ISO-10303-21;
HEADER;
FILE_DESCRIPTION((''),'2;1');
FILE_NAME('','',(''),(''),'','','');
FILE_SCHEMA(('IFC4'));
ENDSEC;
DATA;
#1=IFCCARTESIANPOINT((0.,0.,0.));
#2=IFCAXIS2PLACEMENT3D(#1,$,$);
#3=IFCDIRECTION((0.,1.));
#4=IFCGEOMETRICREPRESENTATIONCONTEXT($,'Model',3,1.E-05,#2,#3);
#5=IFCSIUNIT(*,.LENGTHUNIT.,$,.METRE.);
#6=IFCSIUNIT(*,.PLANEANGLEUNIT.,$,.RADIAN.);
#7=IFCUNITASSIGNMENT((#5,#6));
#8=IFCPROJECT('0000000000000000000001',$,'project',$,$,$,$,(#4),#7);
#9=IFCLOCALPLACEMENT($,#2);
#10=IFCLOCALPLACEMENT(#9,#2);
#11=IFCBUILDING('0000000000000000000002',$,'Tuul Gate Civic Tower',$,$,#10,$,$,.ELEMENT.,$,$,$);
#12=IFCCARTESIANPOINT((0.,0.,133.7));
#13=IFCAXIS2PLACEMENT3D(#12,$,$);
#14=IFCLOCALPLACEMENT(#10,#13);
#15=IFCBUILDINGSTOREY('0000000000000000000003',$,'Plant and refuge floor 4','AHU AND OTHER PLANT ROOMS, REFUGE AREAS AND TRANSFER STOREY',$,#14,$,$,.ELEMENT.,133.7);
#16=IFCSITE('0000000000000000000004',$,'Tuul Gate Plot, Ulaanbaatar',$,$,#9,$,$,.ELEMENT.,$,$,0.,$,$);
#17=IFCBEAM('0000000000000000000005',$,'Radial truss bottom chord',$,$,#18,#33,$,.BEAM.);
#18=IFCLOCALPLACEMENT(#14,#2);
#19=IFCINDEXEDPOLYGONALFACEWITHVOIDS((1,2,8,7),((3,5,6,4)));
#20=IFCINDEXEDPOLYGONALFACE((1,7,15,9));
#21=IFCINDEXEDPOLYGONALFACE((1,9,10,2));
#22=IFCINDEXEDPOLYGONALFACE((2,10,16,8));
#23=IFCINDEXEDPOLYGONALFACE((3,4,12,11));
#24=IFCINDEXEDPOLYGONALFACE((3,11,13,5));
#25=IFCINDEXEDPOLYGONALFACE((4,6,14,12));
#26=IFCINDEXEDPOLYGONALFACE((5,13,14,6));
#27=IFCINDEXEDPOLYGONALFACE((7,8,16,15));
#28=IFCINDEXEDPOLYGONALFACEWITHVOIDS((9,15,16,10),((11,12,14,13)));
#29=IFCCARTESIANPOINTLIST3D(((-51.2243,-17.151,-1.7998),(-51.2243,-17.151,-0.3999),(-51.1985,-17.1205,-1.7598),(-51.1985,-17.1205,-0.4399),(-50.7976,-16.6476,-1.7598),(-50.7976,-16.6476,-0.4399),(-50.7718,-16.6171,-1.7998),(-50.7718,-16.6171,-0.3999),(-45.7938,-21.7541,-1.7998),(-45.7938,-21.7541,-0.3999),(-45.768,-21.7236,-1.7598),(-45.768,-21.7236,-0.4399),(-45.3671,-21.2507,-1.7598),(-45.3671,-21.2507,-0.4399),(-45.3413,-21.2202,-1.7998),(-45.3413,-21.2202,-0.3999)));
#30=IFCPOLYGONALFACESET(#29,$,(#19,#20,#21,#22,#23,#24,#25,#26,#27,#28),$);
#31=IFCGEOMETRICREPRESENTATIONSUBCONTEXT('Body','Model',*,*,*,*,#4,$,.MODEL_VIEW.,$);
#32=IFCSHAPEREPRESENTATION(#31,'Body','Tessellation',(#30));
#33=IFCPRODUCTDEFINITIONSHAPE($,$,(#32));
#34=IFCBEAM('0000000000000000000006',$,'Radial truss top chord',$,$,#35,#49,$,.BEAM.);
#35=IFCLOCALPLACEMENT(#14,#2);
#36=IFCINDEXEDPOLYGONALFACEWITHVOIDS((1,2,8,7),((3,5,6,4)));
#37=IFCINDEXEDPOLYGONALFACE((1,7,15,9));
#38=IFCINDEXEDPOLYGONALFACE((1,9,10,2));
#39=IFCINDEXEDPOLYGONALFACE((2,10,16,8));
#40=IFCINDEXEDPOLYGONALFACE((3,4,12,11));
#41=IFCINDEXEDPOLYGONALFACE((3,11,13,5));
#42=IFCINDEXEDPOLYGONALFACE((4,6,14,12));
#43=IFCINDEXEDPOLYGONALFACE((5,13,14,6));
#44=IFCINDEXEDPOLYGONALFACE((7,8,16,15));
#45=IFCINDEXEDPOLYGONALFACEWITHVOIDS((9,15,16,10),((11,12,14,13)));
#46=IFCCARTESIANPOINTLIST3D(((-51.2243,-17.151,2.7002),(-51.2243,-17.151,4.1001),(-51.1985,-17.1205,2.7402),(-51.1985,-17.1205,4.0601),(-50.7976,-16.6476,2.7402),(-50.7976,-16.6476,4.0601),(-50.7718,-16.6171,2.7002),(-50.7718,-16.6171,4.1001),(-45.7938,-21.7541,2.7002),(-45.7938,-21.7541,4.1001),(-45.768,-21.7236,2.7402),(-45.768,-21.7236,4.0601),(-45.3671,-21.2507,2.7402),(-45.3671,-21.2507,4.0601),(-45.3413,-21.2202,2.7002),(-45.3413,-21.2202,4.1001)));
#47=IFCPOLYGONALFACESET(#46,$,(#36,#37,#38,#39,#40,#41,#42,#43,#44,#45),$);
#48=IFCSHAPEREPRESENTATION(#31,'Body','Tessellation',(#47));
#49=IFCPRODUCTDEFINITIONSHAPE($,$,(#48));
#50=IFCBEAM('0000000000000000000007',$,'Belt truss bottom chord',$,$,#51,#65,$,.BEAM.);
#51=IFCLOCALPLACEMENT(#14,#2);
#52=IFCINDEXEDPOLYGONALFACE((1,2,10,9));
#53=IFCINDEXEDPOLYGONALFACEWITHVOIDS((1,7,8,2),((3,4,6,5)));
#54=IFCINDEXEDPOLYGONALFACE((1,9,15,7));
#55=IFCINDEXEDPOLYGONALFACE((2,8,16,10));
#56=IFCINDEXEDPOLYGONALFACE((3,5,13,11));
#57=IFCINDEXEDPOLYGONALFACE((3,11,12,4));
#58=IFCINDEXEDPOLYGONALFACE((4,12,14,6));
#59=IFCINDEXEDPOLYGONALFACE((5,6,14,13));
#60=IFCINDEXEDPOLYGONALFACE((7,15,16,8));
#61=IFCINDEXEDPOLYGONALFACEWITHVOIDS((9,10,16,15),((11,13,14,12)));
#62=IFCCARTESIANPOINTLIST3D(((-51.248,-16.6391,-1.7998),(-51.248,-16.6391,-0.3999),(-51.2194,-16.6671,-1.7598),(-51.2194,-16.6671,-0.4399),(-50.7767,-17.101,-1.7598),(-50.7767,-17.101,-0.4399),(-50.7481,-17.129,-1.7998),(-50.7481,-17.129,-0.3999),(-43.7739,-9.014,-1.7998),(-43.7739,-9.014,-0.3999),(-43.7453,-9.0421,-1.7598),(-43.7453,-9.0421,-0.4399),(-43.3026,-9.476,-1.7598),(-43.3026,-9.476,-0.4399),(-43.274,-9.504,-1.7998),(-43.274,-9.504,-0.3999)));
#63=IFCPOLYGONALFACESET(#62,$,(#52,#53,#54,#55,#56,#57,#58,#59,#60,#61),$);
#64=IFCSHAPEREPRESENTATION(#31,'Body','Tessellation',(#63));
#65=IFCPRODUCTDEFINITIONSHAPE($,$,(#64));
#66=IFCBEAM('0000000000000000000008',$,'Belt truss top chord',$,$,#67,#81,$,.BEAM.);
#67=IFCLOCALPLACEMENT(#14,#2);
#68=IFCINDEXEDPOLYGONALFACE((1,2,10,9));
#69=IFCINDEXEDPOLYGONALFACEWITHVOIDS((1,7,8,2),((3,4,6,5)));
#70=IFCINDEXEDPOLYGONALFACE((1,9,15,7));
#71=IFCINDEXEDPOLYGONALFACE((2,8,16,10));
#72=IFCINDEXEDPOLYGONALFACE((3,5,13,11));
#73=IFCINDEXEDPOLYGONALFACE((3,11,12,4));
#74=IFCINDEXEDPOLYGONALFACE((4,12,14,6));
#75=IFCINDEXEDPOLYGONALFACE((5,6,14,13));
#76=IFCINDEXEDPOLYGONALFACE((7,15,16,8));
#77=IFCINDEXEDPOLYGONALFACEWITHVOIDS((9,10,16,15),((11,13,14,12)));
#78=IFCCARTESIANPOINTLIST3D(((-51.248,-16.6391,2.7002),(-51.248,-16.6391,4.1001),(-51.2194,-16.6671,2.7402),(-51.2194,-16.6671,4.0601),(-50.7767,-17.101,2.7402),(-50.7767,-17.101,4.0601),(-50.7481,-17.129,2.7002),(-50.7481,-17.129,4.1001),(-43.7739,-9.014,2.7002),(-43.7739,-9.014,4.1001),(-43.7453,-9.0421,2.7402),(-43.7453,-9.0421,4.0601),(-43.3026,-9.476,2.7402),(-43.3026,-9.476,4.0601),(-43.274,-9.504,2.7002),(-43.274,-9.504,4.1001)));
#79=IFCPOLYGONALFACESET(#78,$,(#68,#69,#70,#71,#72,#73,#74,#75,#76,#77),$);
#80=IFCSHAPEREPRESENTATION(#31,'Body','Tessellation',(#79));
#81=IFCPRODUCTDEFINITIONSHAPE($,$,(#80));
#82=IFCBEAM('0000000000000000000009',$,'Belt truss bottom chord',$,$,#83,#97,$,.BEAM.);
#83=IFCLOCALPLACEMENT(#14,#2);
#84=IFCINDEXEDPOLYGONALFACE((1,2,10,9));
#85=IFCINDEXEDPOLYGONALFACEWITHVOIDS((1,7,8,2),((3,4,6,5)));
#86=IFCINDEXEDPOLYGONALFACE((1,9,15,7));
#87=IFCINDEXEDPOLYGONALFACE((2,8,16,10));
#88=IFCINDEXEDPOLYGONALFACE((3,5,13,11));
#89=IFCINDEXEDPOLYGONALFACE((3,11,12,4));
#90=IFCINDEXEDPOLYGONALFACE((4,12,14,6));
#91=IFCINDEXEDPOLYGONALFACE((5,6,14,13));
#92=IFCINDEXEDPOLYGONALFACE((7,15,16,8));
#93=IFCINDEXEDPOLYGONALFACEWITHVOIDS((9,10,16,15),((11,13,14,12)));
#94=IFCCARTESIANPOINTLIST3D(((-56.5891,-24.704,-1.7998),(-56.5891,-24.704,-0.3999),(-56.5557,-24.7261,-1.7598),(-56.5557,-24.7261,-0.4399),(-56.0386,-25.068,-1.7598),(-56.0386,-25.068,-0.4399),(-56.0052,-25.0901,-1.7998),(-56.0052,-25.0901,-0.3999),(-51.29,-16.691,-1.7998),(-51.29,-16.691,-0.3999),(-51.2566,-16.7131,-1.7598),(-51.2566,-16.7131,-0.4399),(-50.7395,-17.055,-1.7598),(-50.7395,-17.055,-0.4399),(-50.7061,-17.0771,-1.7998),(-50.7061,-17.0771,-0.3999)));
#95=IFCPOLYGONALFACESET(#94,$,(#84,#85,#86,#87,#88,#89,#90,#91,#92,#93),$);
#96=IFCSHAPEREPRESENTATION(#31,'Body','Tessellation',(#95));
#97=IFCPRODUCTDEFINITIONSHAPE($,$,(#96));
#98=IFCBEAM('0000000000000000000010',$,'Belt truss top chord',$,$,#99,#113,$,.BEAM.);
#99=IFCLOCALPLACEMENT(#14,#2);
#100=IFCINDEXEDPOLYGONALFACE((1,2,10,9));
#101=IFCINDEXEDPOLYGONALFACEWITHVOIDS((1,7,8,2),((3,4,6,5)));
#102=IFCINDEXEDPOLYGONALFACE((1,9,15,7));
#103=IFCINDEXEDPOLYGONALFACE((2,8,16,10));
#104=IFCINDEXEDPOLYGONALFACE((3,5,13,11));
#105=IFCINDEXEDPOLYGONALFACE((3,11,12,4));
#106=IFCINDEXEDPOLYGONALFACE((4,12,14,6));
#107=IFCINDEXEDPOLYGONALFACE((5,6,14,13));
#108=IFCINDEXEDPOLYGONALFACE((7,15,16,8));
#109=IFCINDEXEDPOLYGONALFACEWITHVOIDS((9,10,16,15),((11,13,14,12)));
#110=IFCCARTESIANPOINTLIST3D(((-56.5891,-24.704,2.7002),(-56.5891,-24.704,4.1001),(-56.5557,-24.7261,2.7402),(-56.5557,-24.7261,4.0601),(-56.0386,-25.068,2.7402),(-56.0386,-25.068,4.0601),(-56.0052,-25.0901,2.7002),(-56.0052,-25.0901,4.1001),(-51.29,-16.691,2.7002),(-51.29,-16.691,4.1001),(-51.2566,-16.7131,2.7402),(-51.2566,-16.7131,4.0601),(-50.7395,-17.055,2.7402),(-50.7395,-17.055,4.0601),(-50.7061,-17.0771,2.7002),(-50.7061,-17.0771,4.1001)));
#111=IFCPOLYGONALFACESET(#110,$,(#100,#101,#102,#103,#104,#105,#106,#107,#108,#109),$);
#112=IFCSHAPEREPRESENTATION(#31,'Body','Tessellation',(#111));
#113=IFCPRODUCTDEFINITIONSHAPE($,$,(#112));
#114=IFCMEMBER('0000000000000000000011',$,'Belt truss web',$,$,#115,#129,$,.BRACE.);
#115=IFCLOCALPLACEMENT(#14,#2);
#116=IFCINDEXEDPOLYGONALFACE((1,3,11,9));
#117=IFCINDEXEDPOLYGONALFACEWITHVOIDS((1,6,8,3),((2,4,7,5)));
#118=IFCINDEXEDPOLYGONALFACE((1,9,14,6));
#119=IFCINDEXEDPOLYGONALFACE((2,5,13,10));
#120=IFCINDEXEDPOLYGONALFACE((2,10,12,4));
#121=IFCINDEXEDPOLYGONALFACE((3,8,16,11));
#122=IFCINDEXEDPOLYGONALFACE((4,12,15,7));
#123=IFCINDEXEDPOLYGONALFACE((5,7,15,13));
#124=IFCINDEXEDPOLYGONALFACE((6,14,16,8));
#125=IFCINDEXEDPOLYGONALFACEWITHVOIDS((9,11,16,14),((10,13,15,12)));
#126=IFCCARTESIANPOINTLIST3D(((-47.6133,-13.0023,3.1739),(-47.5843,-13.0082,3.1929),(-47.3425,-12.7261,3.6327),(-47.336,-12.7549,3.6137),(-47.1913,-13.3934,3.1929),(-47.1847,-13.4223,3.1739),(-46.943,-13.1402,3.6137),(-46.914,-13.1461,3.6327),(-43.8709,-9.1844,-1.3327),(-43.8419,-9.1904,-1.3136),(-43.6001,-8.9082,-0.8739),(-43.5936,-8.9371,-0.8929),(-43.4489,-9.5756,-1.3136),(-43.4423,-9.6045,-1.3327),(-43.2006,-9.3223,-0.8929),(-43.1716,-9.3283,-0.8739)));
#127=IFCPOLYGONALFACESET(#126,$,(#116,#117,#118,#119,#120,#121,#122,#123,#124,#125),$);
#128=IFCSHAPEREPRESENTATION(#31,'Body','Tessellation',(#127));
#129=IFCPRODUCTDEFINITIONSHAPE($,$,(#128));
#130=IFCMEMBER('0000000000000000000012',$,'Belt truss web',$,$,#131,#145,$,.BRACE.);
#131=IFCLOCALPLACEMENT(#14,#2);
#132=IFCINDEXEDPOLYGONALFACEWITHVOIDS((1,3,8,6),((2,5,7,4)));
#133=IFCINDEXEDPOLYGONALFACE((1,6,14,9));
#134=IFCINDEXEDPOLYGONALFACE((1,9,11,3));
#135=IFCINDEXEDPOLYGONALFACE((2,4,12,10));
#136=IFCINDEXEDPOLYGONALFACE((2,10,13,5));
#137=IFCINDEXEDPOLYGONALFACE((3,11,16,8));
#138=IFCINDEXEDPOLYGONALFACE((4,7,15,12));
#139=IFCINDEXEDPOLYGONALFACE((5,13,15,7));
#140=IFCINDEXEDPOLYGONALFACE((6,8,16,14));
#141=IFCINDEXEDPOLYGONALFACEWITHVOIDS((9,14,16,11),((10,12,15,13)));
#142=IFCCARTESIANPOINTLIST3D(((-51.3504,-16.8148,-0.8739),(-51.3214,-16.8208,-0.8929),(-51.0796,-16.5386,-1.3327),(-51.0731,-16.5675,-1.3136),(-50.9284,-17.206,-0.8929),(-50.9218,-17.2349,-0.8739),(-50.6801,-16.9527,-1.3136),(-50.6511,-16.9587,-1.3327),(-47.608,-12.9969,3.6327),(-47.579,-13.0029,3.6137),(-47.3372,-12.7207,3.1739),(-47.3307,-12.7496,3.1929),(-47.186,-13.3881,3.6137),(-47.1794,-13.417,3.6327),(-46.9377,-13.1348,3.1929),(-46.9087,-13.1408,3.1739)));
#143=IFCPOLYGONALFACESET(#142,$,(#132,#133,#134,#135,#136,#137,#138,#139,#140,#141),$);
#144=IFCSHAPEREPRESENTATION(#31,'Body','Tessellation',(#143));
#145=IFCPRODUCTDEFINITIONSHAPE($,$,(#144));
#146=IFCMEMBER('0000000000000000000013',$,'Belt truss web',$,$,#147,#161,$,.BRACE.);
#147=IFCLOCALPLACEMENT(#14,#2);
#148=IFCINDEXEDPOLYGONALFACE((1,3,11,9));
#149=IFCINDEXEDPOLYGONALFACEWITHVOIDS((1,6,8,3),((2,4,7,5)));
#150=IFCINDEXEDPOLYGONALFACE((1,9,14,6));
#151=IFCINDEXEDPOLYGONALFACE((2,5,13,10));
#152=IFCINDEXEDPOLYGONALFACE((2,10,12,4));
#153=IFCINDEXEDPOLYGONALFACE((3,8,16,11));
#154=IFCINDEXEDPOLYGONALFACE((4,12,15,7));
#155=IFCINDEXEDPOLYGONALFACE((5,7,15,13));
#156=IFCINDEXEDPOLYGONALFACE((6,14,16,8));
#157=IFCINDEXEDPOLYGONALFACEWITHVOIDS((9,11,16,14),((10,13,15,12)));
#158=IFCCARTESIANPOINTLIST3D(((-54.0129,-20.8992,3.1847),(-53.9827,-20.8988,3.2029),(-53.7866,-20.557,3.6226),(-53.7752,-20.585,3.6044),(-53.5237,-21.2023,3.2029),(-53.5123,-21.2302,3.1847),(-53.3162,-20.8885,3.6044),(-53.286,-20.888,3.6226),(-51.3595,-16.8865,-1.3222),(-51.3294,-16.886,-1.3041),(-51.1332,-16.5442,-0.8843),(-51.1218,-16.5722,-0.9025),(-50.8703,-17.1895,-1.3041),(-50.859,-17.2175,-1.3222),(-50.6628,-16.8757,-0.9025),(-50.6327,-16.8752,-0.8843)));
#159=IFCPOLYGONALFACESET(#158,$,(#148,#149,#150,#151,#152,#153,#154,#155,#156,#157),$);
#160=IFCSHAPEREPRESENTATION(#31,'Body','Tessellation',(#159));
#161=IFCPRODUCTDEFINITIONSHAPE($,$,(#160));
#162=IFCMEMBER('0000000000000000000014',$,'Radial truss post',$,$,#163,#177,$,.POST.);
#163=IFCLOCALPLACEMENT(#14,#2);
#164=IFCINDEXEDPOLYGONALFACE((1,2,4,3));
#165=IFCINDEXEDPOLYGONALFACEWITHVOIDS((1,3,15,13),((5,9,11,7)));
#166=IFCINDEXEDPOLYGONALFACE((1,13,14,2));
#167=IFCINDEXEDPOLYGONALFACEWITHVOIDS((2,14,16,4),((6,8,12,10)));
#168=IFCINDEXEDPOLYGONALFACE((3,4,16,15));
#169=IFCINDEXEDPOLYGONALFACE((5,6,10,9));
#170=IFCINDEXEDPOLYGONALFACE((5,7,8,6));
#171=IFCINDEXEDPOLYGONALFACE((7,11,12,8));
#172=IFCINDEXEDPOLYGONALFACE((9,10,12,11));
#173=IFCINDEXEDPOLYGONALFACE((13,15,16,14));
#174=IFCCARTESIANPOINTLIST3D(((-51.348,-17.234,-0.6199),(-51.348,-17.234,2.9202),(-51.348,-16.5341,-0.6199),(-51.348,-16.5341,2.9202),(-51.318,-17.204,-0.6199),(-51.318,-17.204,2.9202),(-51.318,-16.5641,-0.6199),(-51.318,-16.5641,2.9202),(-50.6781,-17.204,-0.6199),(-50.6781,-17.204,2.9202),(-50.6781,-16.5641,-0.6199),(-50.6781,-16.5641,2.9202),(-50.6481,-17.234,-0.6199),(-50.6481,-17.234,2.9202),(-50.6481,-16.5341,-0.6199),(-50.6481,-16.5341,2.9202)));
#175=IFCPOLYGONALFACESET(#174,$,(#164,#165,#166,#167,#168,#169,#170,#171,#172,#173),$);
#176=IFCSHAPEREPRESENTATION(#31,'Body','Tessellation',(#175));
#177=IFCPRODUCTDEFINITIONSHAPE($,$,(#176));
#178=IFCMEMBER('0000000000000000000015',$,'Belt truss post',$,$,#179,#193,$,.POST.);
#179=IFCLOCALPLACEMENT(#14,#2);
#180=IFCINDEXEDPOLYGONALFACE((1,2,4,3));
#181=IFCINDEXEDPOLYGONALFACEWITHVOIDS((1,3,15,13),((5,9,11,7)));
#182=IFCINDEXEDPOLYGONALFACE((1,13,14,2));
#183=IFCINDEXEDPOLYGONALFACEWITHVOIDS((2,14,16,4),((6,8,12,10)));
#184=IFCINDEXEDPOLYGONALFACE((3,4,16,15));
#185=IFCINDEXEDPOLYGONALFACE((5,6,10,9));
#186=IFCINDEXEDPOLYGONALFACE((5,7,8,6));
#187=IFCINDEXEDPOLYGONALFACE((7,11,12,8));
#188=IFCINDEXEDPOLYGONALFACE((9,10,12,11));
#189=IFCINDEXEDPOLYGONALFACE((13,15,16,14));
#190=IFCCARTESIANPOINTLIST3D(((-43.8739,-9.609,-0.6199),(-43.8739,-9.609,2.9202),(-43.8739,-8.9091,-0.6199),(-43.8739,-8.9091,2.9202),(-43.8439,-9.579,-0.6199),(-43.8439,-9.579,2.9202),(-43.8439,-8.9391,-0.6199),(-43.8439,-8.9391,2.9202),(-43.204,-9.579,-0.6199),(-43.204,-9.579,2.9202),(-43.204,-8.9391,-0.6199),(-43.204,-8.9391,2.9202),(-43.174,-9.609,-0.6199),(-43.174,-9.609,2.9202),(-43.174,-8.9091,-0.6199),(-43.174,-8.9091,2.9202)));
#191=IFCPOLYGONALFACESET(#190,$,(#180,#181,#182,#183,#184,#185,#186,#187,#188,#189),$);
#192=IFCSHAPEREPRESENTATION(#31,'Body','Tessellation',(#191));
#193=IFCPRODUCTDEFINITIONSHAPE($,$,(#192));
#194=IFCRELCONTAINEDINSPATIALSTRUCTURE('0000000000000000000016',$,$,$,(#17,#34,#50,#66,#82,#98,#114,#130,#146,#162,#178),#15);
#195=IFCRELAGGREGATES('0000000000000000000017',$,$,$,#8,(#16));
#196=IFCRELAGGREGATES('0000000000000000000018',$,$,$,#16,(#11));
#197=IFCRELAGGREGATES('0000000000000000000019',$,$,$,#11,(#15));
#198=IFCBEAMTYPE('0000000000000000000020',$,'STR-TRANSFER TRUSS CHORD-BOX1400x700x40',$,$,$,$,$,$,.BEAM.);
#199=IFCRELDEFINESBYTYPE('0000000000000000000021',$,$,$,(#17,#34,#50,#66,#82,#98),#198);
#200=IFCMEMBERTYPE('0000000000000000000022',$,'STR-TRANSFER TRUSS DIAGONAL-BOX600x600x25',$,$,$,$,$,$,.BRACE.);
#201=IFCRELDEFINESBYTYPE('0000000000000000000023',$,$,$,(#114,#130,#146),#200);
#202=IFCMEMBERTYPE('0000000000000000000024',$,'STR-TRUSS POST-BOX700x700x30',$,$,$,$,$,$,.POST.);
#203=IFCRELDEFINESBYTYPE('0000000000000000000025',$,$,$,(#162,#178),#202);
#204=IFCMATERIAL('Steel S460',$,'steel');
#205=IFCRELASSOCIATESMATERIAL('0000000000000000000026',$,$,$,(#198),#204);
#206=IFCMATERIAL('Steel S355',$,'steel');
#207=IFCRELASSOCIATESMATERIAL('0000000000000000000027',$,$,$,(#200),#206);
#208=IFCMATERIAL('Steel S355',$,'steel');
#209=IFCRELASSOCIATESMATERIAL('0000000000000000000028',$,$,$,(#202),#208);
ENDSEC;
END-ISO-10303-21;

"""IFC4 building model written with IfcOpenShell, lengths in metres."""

from ifc_helpers import new_model, si_unit, direction, frame, origin, origin_2d, place, context, subcontext, project, spatial, hollow_rectangle, extrude, material, material_profile, profile_set, type_object, element, save


model = new_model("IFC4")

# Units and contexts
model_context = context("Model", 3, precision=1e-05, world=origin(), true_north=direction((0.0, 1.0)))
body_context = subcontext(model_context, "Body", "Model", "MODEL_VIEW")
ifc_project = project(units=[si_unit("LENGTHUNIT", "METRE"), si_unit("PLANEANGLEUNIT", "RADIAN")], contexts=[model_context])

# Site, building, storey
site_placement = place(None, origin())
site = spatial("IfcSite", under=ifc_project, at=site_placement, Name="Tuul Gate Plot, Ulaanbaatar", CompositionType="ELEMENT", RefElevation=0.0)
building_placement = place(site_placement, origin())
building = spatial("IfcBuilding", under=site, at=building_placement, Name="Tuul Gate Civic Tower", CompositionType="ELEMENT")
storey_placement = place(building_placement, frame((0.0, 0.0, 133.7)))
storey = spatial("IfcBuildingStorey", under=building, at=storey_placement, Name="Plant and refuge floor 4", Description="AHU AND OTHER PLANT ROOMS, REFUGE AREAS AND TRANSFER STOREY", CompositionType="ELEMENT", Elevation=133.7)

# Beams
ifc_material_1 = material(Name="Steel S460", Category="steel")
ifc_material_profile_1 = material_profile(ifc_material_1, hollow_rectangle(XDim=0.7, YDim=1.3999, WallThickness=0.04, at=origin_2d()), Name="BOX1400x700x40")
ifc_profile_set_1 = profile_set([ifc_material_profile_1], Name="Steel S460")
beam_type = type_object("IfcBeamType", Name="STR-TRANSFER TRUSS CHORD-BOX1400x700x40", PredefinedType="BEAM", material=ifc_profile_set_1)
for number, where, z_axis, x_axis, name in (
    (1, (-50.998, -16.884, -1.0999), (0.762828, -0.646602, 0.0), (0.646602, 0.762828, 0.0), "Radial truss bottom chord"),
    (2, (-50.998, -16.884, 3.4001), (0.762828, -0.646602, 0.0), (0.646602, 0.762828, 0.0), "Radial truss top chord"),
):
    element("IfcBeam", number, at=place(storey_placement, frame(where, z_axis=z_axis, x_axis=x_axis)), inside=storey, type_object=beam_type, Name=name, PredefinedType="BEAM", context=body_context, shape_type="SweptSolid", body=[
        extrude(hollow_rectangle(XDim=0.7, YDim=1.3999, WallThickness=0.04, at=origin_2d()), origin(), (0.0, 0.0, 1.0), 7.1189),
    ])
for number, where, z_axis, x_axis, name in (
    (3, (-43.5239, -9.259, -1.0999), (-0.700006, -0.714137, 0.0), (0.714137, -0.700006, 0.0), "Belt truss bottom chord"),
    (4, (-43.5239, -9.259, 3.4001), (-0.700006, -0.714137, 0.0), (0.714137, -0.700006, 0.0), "Belt truss top chord"),
):
    element("IfcBeam", number, at=place(storey_placement, frame(where, z_axis=z_axis, x_axis=x_axis)), inside=storey, type_object=beam_type, Name=name, PredefinedType="BEAM", context=body_context, shape_type="SweptSolid", body=[
        extrude(hollow_rectangle(XDim=0.7, YDim=1.3999, WallThickness=0.04, at=origin_2d()), origin(), (0.0, 0.0, 1.0), 10.6772),
    ])
for number, where, z_axis, x_axis, name in (
    (5, (-50.998, -16.884, -1.0999), (-0.551606, -0.834105, 0.0), (0.834105, -0.551606, 0.0), "Belt truss bottom chord"),
    (6, (-50.998, -16.884, 3.4001), (-0.551606, -0.834105, 0.0), (0.834105, -0.551606, 0.0), "Belt truss top chord"),
):
    element("IfcBeam", number, at=place(storey_placement, frame(where, z_axis=z_axis, x_axis=x_axis)), inside=storey, type_object=beam_type, Name=name, PredefinedType="BEAM", context=body_context, shape_type="SweptSolid", body=[
        extrude(hollow_rectangle(XDim=0.7, YDim=1.3999, WallThickness=0.04, at=origin_2d()), origin(), (0.0, 0.0, 1.0), 9.6067),
    ])

# Members
ifc_material_2 = material(Name="Steel S355", Category="steel")
ifc_material_profile_2 = material_profile(ifc_material_2, hollow_rectangle(XDim=0.6001, YDim=0.6001, WallThickness=0.0249, at=origin_2d()), Name="BOX600x600x25")
ifc_profile_set_2 = profile_set([ifc_material_profile_2], Name="Steel S355")
member_type_1 = type_object("IfcMemberType", Name="STR-TRANSFER TRUSS DIAGONAL-BOX600x600x25", PredefinedType="BRACE", material=ifc_profile_set_2)
for number, where, z_axis, x_axis, name in (
    (7, (-43.5212, -9.2563, -1.1033), (-0.535227, -0.546016, 0.644514), (0.714127, -0.700016, 0.0), "Belt truss web"),
    (8, (-51.0007, -16.8867, -1.1033), (0.535227, 0.546016, 0.644514), (-0.714127, 0.700016, 0.0), "Belt truss web"),
):
    element("IfcMember", number, at=place(storey_placement, frame(where, z_axis=z_axis, x_axis=x_axis)), inside=storey, type_object=member_type_1, Name=name, PredefinedType="BRACE", context=body_context, shape_type="SweptSolid", body=[
        extrude(hollow_rectangle(XDim=0.6001, YDim=0.6001, WallThickness=0.0249, at=origin_2d()), origin(), (0.0, 0.0, 1.0), 6.9922),
    ])
member_placement = place(storey_placement, frame((-50.9961, -16.8809, -1.1033), z_axis=(-0.402511, -0.608729, 0.683691), x_axis=(0.834137, -0.551558, 0.0)))
element("IfcMember", 9, at=member_placement, inside=storey, type_object=member_type_1, Name="Belt truss web", PredefinedType="BRACE", context=body_context, shape_type="SweptSolid", body=[
    extrude(hollow_rectangle(XDim=0.6001, YDim=0.6001, WallThickness=0.0249, at=origin_2d()), origin(), (0.0, 0.0, 1.0), 6.592),
])
ifc_material_3 = material(Name="Steel S355", Category="steel")
ifc_material_profile_3 = material_profile(ifc_material_3, hollow_rectangle(XDim=0.7, YDim=0.7, WallThickness=0.03, at=origin_2d()), Name="BOX700x700x30")
ifc_profile_set_3 = profile_set([ifc_material_profile_3], Name="Steel S355")
member_type_2 = type_object("IfcMemberType", Name="STR-TRUSS POST-BOX700x700x30", PredefinedType="POST", material=ifc_profile_set_3)
for number, where, z_axis, x_axis, name in (
    (10, (-50.998, -16.884, -0.6199), (0.0, 0.0, 1.0), (1.0, 0.0, 0.0), "Radial truss post"),
    (11, (-43.5239, -9.259, -0.6199), (0.0, 0.0, 1.0), (1.0, 0.0, 0.0), "Belt truss post"),
):
    element("IfcMember", number, at=place(storey_placement, frame(where, z_axis=z_axis, x_axis=x_axis)), inside=storey, type_object=member_type_2, Name=name, PredefinedType="POST", context=body_context, shape_type="SweptSolid", body=[
        extrude(hollow_rectangle(XDim=0.7, YDim=0.7, WallThickness=0.03, at=origin_2d()), origin(), (0.0, 0.0, 1.0), 3.54),
    ])

save(model, "model.ifc")
